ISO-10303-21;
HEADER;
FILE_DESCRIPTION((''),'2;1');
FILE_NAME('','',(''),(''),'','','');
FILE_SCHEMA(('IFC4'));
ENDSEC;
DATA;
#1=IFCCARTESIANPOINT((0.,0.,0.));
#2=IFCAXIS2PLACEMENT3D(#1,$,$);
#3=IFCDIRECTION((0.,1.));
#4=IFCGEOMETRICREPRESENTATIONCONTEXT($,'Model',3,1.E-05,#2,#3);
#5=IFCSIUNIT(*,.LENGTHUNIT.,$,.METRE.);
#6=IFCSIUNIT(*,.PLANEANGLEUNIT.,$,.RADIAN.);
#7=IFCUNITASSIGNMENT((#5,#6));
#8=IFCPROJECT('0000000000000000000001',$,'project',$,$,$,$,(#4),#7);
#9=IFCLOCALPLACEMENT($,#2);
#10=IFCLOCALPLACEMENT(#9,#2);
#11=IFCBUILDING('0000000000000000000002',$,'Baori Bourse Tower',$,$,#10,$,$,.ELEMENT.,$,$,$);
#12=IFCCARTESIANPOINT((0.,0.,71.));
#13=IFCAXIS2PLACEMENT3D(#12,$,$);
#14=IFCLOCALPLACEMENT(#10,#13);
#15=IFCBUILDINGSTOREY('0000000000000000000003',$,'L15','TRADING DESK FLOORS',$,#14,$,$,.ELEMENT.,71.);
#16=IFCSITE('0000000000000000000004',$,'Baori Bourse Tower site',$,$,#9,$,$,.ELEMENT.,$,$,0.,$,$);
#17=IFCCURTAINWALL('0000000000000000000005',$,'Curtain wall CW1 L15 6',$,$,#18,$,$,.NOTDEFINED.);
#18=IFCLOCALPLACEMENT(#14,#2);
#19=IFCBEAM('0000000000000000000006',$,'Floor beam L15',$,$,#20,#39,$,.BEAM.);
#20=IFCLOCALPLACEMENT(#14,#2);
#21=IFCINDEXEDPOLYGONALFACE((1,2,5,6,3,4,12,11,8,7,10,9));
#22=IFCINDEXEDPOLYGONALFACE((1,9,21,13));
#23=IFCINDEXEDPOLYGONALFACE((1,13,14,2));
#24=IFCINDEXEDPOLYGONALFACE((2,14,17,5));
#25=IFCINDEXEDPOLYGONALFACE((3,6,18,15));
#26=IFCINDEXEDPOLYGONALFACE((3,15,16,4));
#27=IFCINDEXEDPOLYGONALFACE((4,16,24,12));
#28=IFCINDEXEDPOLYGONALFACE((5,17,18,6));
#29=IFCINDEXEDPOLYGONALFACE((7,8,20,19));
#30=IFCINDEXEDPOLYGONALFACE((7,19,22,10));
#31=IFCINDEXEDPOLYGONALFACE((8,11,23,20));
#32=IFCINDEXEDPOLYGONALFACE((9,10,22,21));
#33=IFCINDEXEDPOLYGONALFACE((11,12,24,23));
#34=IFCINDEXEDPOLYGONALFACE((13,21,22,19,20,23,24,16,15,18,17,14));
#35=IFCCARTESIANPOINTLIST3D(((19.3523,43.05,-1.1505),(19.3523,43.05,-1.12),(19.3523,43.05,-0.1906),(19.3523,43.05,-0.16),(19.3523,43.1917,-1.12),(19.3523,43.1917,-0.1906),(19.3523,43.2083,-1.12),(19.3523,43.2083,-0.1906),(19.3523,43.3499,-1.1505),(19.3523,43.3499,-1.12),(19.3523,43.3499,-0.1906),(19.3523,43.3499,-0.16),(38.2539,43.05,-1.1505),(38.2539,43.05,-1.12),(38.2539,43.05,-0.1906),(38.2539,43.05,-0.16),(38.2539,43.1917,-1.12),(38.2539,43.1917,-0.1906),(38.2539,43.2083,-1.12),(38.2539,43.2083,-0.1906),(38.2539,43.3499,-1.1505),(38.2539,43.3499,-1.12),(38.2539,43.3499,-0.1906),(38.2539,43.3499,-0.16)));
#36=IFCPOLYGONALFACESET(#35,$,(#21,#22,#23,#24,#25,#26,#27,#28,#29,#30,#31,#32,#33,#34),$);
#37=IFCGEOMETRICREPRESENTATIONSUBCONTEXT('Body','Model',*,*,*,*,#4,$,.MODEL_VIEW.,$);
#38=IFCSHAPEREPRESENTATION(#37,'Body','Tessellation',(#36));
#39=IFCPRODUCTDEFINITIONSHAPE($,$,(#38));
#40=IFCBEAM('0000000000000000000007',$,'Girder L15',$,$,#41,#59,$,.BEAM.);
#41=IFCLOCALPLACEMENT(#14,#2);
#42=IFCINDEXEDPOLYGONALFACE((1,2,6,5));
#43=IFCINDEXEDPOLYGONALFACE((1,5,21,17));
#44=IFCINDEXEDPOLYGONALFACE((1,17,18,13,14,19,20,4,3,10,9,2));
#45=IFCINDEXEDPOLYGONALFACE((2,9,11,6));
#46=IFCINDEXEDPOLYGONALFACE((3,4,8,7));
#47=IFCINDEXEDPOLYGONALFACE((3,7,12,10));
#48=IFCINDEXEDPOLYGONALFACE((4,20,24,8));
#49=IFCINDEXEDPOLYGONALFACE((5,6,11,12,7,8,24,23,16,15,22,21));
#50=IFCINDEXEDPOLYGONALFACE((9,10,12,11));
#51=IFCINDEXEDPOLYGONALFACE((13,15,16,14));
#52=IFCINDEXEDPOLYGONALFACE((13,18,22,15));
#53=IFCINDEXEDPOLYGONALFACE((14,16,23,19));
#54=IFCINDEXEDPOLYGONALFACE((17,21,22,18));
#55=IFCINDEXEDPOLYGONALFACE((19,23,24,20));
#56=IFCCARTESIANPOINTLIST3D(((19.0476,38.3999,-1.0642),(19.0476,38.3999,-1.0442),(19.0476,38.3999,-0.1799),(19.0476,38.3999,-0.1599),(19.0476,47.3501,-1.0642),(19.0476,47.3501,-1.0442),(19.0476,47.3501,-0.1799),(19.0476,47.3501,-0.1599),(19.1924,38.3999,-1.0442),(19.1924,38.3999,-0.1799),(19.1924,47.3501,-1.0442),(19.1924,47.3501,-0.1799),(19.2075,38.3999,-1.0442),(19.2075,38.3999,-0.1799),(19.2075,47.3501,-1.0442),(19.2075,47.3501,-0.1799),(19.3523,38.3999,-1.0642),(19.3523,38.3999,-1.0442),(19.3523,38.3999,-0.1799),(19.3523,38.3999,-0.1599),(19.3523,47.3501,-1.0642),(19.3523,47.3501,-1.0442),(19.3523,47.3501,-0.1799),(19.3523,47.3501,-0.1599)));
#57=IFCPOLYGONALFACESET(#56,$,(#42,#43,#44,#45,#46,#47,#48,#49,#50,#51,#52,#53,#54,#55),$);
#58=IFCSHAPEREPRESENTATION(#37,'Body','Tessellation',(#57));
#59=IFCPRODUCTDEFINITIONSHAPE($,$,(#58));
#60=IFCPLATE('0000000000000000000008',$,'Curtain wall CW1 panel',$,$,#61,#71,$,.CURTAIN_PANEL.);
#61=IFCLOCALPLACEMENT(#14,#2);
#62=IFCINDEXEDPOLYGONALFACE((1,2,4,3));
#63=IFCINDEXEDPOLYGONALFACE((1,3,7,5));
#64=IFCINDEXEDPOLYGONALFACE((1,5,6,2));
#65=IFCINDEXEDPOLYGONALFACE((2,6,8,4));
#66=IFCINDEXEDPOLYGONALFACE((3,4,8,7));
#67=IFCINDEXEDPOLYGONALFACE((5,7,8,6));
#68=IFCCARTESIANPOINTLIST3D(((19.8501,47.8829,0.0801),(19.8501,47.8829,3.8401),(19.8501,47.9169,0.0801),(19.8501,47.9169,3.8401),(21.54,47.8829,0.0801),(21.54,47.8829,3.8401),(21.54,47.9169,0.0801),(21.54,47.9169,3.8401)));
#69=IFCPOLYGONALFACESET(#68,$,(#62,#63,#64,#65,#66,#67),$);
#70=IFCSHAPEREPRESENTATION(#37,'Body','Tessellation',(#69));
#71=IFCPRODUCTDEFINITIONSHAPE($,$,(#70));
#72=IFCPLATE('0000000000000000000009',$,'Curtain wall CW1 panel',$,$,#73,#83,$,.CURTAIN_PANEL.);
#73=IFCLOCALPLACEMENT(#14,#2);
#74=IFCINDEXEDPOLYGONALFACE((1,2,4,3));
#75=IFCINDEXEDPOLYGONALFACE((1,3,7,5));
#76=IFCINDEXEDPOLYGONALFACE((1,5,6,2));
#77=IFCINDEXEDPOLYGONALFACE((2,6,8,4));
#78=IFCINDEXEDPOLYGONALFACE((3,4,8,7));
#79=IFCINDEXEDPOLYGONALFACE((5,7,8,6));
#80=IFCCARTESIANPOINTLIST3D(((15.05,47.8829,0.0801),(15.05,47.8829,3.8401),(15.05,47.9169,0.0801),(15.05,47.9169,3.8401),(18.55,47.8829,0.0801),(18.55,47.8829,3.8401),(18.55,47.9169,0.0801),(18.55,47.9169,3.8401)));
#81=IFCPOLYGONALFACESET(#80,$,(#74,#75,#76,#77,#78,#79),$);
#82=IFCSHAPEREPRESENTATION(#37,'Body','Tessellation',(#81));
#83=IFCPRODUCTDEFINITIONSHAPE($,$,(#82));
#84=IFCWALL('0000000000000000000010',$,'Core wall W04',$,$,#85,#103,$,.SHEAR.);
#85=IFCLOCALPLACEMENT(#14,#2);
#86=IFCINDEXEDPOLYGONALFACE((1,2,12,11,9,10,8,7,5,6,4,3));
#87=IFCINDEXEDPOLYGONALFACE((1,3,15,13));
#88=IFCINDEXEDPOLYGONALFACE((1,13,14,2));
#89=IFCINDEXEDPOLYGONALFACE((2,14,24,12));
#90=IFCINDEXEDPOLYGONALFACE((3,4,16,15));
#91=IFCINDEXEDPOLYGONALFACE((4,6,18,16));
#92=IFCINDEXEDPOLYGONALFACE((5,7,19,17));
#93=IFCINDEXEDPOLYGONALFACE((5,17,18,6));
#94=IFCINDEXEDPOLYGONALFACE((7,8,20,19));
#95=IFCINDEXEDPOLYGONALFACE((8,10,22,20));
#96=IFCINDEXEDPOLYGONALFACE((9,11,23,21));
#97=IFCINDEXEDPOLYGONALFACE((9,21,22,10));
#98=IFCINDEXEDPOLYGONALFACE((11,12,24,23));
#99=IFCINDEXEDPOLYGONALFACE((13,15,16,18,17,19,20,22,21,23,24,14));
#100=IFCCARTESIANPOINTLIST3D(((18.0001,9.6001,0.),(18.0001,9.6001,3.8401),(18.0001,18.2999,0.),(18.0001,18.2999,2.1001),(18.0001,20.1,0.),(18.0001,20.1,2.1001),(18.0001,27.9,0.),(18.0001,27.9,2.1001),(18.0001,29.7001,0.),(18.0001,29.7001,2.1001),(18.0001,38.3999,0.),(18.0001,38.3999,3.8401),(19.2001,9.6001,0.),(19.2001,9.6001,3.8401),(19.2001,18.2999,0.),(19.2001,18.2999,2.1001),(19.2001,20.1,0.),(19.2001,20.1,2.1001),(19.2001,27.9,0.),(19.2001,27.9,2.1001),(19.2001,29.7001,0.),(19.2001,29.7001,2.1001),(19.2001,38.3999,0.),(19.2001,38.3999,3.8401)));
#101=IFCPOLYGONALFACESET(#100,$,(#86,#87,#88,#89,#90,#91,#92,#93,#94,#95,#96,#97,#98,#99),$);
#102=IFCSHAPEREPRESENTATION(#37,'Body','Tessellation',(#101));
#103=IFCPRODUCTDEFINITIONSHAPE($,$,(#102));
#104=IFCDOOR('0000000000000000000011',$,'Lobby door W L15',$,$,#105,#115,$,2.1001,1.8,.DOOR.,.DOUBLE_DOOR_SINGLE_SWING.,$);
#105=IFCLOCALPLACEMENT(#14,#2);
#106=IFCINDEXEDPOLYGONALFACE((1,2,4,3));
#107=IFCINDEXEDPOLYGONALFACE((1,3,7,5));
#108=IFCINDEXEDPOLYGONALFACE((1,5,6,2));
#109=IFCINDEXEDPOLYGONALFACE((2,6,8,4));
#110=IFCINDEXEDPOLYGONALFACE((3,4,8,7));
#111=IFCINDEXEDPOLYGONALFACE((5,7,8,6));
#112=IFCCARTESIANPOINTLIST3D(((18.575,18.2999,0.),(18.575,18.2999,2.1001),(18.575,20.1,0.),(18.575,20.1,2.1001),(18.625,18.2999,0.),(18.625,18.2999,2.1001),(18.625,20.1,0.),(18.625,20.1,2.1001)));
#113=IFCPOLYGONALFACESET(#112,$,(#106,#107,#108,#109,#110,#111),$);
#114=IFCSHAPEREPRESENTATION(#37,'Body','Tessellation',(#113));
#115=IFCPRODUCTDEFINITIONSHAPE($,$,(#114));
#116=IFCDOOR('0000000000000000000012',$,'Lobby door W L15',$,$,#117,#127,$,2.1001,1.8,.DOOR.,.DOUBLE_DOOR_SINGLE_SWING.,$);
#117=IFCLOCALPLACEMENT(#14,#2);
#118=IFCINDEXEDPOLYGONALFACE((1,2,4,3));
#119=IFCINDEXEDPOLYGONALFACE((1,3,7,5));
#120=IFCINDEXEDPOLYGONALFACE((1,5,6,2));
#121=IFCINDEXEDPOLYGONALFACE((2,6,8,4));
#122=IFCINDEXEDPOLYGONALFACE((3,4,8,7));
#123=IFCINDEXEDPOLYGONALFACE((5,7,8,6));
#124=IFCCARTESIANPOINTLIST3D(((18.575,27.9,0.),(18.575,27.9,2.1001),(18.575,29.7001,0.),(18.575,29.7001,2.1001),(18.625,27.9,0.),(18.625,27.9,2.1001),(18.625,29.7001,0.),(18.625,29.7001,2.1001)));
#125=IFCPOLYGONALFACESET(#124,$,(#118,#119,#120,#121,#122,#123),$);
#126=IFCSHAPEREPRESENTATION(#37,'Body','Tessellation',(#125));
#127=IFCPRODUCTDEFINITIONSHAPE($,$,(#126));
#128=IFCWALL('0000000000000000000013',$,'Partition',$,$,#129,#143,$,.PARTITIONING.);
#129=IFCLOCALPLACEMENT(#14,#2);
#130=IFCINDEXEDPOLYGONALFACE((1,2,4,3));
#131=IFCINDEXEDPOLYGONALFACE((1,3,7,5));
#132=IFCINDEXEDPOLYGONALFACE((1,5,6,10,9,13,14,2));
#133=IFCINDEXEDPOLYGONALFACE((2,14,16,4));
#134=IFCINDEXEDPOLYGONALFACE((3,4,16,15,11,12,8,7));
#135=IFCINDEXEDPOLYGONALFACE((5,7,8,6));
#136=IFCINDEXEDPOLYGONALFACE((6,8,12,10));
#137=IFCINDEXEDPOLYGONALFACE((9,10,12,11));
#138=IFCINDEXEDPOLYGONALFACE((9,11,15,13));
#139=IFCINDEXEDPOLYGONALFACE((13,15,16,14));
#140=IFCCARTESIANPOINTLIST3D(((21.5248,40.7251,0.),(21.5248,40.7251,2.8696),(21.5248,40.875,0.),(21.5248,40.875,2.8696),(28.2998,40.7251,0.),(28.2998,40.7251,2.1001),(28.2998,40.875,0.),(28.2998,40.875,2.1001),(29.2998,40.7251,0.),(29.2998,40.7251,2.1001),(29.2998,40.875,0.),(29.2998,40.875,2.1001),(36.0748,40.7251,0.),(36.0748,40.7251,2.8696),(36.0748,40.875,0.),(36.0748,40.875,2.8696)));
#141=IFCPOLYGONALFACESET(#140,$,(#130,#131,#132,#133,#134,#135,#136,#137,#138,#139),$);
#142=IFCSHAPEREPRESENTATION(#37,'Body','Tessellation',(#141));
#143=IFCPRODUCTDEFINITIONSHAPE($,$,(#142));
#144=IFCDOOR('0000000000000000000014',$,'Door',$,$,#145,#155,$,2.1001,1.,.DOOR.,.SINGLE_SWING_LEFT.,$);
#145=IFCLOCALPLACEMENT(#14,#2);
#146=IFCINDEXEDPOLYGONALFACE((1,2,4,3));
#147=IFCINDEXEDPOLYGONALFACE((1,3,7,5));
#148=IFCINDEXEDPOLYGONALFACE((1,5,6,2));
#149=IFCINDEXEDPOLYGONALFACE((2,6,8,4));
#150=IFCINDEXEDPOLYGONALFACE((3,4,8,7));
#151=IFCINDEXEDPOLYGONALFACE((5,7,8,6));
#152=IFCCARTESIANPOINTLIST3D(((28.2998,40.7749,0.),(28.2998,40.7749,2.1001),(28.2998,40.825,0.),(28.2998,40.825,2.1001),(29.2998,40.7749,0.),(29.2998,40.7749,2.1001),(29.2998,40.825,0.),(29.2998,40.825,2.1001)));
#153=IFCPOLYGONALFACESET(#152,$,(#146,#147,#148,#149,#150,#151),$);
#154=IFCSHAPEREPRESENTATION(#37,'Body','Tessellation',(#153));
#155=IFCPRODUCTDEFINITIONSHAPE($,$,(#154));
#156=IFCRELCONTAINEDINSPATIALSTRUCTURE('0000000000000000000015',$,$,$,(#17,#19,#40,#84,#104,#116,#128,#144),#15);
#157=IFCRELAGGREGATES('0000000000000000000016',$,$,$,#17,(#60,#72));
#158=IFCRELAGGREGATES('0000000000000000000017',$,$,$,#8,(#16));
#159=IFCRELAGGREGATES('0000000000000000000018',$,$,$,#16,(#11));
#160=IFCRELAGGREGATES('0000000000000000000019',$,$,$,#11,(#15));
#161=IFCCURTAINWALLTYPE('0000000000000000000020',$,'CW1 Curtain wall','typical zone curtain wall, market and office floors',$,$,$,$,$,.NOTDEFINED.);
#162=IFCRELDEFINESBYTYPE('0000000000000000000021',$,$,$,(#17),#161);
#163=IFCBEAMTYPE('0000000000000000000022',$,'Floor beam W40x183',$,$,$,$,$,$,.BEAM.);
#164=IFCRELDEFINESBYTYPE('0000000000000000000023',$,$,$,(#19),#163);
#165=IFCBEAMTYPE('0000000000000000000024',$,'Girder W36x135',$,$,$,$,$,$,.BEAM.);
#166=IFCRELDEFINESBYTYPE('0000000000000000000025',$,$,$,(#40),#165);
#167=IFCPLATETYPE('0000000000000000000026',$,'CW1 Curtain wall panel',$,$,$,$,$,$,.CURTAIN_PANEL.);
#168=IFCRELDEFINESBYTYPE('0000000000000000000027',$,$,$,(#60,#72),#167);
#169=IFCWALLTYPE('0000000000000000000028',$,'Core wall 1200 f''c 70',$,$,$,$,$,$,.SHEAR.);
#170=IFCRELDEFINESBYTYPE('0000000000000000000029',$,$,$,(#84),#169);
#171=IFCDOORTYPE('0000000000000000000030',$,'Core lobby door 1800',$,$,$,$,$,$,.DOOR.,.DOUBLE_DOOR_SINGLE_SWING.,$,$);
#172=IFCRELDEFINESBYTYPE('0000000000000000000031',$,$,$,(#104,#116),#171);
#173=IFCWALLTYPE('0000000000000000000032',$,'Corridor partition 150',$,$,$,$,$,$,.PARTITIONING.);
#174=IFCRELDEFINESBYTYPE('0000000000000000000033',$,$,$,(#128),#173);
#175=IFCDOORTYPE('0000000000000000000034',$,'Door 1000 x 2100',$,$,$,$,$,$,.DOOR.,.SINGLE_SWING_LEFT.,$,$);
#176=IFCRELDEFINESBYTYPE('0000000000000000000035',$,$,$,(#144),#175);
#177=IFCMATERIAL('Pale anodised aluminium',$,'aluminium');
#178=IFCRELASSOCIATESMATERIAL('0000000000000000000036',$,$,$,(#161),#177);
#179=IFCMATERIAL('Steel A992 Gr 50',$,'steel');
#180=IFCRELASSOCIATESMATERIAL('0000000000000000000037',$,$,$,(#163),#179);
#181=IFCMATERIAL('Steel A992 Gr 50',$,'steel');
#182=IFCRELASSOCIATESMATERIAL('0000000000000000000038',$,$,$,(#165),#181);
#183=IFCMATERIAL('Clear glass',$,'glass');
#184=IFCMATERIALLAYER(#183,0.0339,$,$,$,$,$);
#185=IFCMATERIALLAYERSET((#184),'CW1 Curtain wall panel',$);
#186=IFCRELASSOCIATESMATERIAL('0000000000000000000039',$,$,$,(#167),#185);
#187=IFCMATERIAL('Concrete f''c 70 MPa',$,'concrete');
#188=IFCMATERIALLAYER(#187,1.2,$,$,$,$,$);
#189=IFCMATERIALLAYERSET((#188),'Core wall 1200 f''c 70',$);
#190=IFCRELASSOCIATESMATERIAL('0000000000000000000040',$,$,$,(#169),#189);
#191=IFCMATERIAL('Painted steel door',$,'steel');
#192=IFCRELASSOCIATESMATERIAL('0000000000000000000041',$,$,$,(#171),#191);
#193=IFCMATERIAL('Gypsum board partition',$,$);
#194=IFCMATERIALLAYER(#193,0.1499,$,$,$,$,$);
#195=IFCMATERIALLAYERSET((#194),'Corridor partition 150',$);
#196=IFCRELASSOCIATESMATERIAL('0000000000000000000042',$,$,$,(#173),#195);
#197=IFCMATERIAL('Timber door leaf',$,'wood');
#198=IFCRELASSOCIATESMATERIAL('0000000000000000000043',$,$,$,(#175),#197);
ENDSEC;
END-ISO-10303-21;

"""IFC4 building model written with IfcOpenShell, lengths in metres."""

from ifc_helpers import new_model, si_unit, direction, frame, frame_2d, origin, origin_2d, place, context, subcontext, project, spatial, rectangle, i_section, extrude, material, layer, layer_set, material_profile, profile_set, type_object, element, fill, aggregate, save


model = new_model("IFC4")

# Units and contexts
model_context = context("Model", 3, precision=1e-05, world=origin(), true_north=direction((0.0, 1.0)))
body_context = subcontext(model_context, "Body", "Model", "MODEL_VIEW")
ifc_project = project(units=[si_unit("LENGTHUNIT", "METRE"), si_unit("PLANEANGLEUNIT", "RADIAN")], contexts=[model_context])

# Site, building, storey
site_placement = place(None, origin())
site = spatial("IfcSite", under=ifc_project, at=site_placement, Name="Baori Bourse Tower site", CompositionType="ELEMENT", RefElevation=0.0)
building_placement = place(site_placement, origin())
building = spatial("IfcBuilding", under=site, at=building_placement, Name="Baori Bourse Tower", CompositionType="ELEMENT")
storey_placement = place(building_placement, frame((0.0, 0.0, 71.0)))
storey = spatial("IfcBuildingStorey", under=building, at=storey_placement, Name="L15", Description="TRADING DESK FLOORS", CompositionType="ELEMENT", Elevation=71.0)

# Curtain wall
ifc_material_1 = material(Name="Pale anodised aluminium", Category="aluminium")
curtain_wall_type = type_object("IfcCurtainWallType", Name="CW1 Curtain wall", Description="typical zone curtain wall, market and office floors", PredefinedType="NOTDEFINED", material=ifc_material_1)
curtain_wall_placement = place(storey_placement, origin())
curtain_wall = element("IfcCurtainWall", 1, at=curtain_wall_placement, inside=storey, type_object=curtain_wall_type, Name="Curtain wall CW1 L15 6", PredefinedType="NOTDEFINED")

# Beams
ifc_material_2 = material(Name="Steel A992 Gr 50", Category="steel")
ifc_material_profile_1 = material_profile(ifc_material_2, i_section(OverallWidth=0.2998, OverallDepth=0.9905, WebThickness=0.0166, FlangeThickness=0.0305, at=origin_2d()), Name="W40x183")
ifc_profile_set_1 = profile_set([ifc_material_profile_1], Name="Steel A992 Gr 50")
beam_type_1 = type_object("IfcBeamType", Name="Floor beam W40x183", PredefinedType="BEAM", material=ifc_profile_set_1)
beam_1_placement = place(storey_placement, frame((19.3523, 43.2, -0.6553), z_axis=(1.0, 0.0, 0.0), x_axis=(0.0, 1.0, 0.0)))
element("IfcBeam", 2, at=beam_1_placement, inside=storey, type_object=beam_type_1, Name="Floor beam L15", PredefinedType="BEAM", context=body_context, shape_type="SweptSolid", body=[
    extrude(i_section(OverallWidth=0.2998, OverallDepth=0.9905, WebThickness=0.0166, FlangeThickness=0.0305, at=origin_2d()), origin(), (0.0, 0.0, 1.0), 18.9016),
])
ifc_material_3 = material(Name="Steel A992 Gr 50", Category="steel")
ifc_material_profile_2 = material_profile(ifc_material_3, i_section(OverallWidth=0.3047, OverallDepth=0.9043, WebThickness=0.0151, FlangeThickness=0.02, at=origin_2d()), Name="W36x135")
ifc_profile_set_2 = profile_set([ifc_material_profile_2], Name="Steel A992 Gr 50")
beam_type_2 = type_object("IfcBeamType", Name="Girder W36x135", PredefinedType="BEAM", material=ifc_profile_set_2)
beam_2_placement = place(storey_placement, frame((19.2, 38.3999, -0.6121), z_axis=(0.0, 1.0, 0.0), x_axis=(-1.0, 0.0, 0.0)))
element("IfcBeam", 3, at=beam_2_placement, inside=storey, type_object=beam_type_2, Name="Girder L15", PredefinedType="BEAM", context=body_context, shape_type="SweptSolid", body=[
    extrude(i_section(OverallWidth=0.3047, OverallDepth=0.9043, WebThickness=0.0151, FlangeThickness=0.02, at=origin_2d()), origin(), (0.0, 0.0, 1.0), 8.9502),
])

# Plates
ifc_material_4 = material(Name="Clear glass", Category="glass")
ifc_layer_1 = layer(ifc_material_4, 0.0339)
ifc_layer_set_1 = layer_set([ifc_layer_1], Name="CW1 Curtain wall panel")
plate_type = type_object("IfcPlateType", Name="CW1 Curtain wall panel", PredefinedType="CURTAIN_PANEL", material=ifc_layer_set_1)
plate_1_placement = place(storey_placement, frame((20.6951, 47.8999, 0.0801), z_axis=(0.0, 0.0, 1.0), x_axis=(-1.0, 0.0, 0.0)))
plate_1 = element("IfcPlate", 4, at=plate_1_placement, type_object=plate_type, Name="Curtain wall CW1 panel", PredefinedType="CURTAIN_PANEL", context=body_context, shape_type="SweptSolid", body=[
    extrude(rectangle(XDim=1.6899, YDim=0.0339, at=origin_2d()), origin(), (0.0, 0.0, 1.0), 3.76),
])
plate_2_placement = place(storey_placement, frame((16.8, 47.8999, 0.0801), z_axis=(0.0, 0.0, 1.0), x_axis=(-1.0, 0.0, 0.0)))
plate_2 = element("IfcPlate", 5, at=plate_2_placement, type_object=plate_type, Name="Curtain wall CW1 panel", PredefinedType="CURTAIN_PANEL", context=body_context, shape_type="SweptSolid", body=[
    extrude(rectangle(XDim=3.5, YDim=0.0339, at=origin_2d()), origin(), (0.0, 0.0, 1.0), 3.76),
])
aggregate(curtain_wall, [plate_1, plate_2])

# Wall, openings, doors
ifc_material_5 = material(Name="Concrete f'c 70 MPa", Category="concrete")
ifc_layer_2 = layer(ifc_material_5, 1.2)
ifc_layer_set_2 = layer_set([ifc_layer_2], Name="Core wall 1200 f'c 70")
wall_type_1 = type_object("IfcWallType", Name="Core wall 1200 f'c 70", PredefinedType="SHEAR", material=ifc_layer_set_2)
wall_1_placement = place(storey_placement, frame((18.6001, 38.3999, 0.0), z_axis=(0.0, 0.0, 1.0), x_axis=(0.0, -1.0, 0.0)))
wall_1 = element("IfcWall", 6, at=wall_1_placement, inside=storey, type_object=wall_type_1, Name="Core wall W04", PredefinedType="SHEAR", context=body_context, shape_type="SweptSolid", body=[
    extrude(rectangle(XDim=28.7998, YDim=1.2, at=frame_2d((14.3999, 0.0))), origin(), (0.0, 0.0, 1.0), 3.8401),
])
opening_1_placement = place(wall_1_placement, frame((18.3, 0.0, 0.0)))
opening_1 = element("IfcOpeningElement", 7, at=opening_1_placement, cuts=wall_1, PredefinedType="OPENING", context=body_context, shape_type="SweptSolid", body=[
    extrude(rectangle(XDim=1.8, YDim=2.1001, at=frame_2d((0.8999, 1.05))), frame((0.0, 0.6099, 0.0), z_axis=(0.0, -1.0, 0.0), x_axis=(1.0, 0.0, 0.0)), (0.0, 0.0, 1.0), 1.22),
])
opening_2_placement = place(wall_1_placement, frame((8.7, 0.0, 0.0)))
opening_2 = element("IfcOpeningElement", 8, at=opening_2_placement, cuts=wall_1, PredefinedType="OPENING", context=body_context, shape_type="SweptSolid", body=[
    extrude(rectangle(XDim=1.8, YDim=2.1001, at=frame_2d((0.8999, 1.05))), frame((0.0, 0.6099, 0.0), z_axis=(0.0, -1.0, 0.0), x_axis=(1.0, 0.0, 0.0)), (0.0, 0.0, 1.0), 1.22),
])
ifc_material_6 = material(Name="Painted steel door", Category="steel")
door_type_1 = type_object("IfcDoorType", Name="Core lobby door 1800", OperationType="DOUBLE_DOOR_SINGLE_SWING", PredefinedType="DOOR", material=ifc_material_6)
door_1_placement = place(opening_1_placement, origin())
door_1 = element("IfcDoor", 9, at=door_1_placement, inside=storey, type_object=door_type_1, Name="Lobby door W L15", OperationType="DOUBLE_DOOR_SINGLE_SWING", OverallHeight=2.1001, OverallWidth=1.8, PredefinedType="DOOR", context=body_context, shape_type="SweptSolid", body=[
    extrude(rectangle(XDim=1.8, YDim=2.1001, at=frame_2d((0.8999, 1.05))), frame((0.0, 0.0249, 0.0), z_axis=(0.0, -1.0, 0.0), x_axis=(1.0, 0.0, 0.0)), (0.0, 0.0, 1.0), 0.05),
])
fill(opening_1, door_1)
door_2_placement = place(opening_2_placement, origin())
door_2 = element("IfcDoor", 10, at=door_2_placement, inside=storey, type_object=door_type_1, Name="Lobby door W L15", OperationType="DOUBLE_DOOR_SINGLE_SWING", OverallHeight=2.1001, OverallWidth=1.8, PredefinedType="DOOR", context=body_context, shape_type="SweptSolid", body=[
    extrude(rectangle(XDim=1.8, YDim=2.1001, at=frame_2d((0.8999, 1.05))), frame((0.0, 0.0249, 0.0), z_axis=(0.0, -1.0, 0.0), x_axis=(1.0, 0.0, 0.0)), (0.0, 0.0, 1.0), 0.05),
])
fill(opening_2, door_2)

# Wall, opening, door
ifc_material_7 = material(Name="Gypsum board partition")
ifc_layer_3 = layer(ifc_material_7, 0.1499)
ifc_layer_set_3 = layer_set([ifc_layer_3], Name="Corridor partition 150")
wall_type_2 = type_object("IfcWallType", Name="Corridor partition 150", PredefinedType="PARTITIONING", material=ifc_layer_set_3)
wall_2_placement = place(storey_placement, frame((21.5249, 40.8, 0.0), z_axis=(0.0, 0.0, 1.0), x_axis=(1.0, 0.0, 0.0)))
wall_2 = element("IfcWall", 11, at=wall_2_placement, inside=storey, type_object=wall_type_2, Name="Partition", PredefinedType="PARTITIONING", context=body_context, shape_type="SweptSolid", body=[
    extrude(rectangle(XDim=14.55, YDim=0.1499, at=frame_2d((7.2749, 0.0))), origin(), (0.0, 0.0, 1.0), 2.8696),
])
opening_3_placement = place(wall_2_placement, frame((6.7749, 0.0, 0.0)))
opening_3 = element("IfcOpeningElement", 12, at=opening_3_placement, cuts=wall_2, PredefinedType="OPENING", context=body_context, shape_type="SweptSolid", body=[
    extrude(rectangle(XDim=1.0, YDim=2.1001, at=frame_2d((0.5, 1.05))), frame((0.0, 0.085, 0.0), z_axis=(0.0, -1.0, 0.0), x_axis=(1.0, 0.0, 0.0)), (0.0, 0.0, 1.0), 0.1699),
])
ifc_material_8 = material(Name="Timber door leaf", Category="wood")
door_type_2 = type_object("IfcDoorType", Name="Door 1000 x 2100", OperationType="SINGLE_SWING_LEFT", PredefinedType="DOOR", material=ifc_material_8)
door_3_placement = place(opening_3_placement, origin())
door_3 = element("IfcDoor", 13, at=door_3_placement, inside=storey, type_object=door_type_2, Name="Door", OperationType="SINGLE_SWING_LEFT", OverallHeight=2.1001, OverallWidth=1.0, PredefinedType="DOOR", context=body_context, shape_type="SweptSolid", body=[
    extrude(rectangle(XDim=1.0, YDim=2.1001, at=frame_2d((0.5, 1.05))), frame((0.0, 0.0249, 0.0), z_axis=(0.0, -1.0, 0.0), x_axis=(1.0, 0.0, 0.0)), (0.0, 0.0, 1.0), 0.05),
])
fill(opening_3, door_3)

save(model, "model.ifc")
